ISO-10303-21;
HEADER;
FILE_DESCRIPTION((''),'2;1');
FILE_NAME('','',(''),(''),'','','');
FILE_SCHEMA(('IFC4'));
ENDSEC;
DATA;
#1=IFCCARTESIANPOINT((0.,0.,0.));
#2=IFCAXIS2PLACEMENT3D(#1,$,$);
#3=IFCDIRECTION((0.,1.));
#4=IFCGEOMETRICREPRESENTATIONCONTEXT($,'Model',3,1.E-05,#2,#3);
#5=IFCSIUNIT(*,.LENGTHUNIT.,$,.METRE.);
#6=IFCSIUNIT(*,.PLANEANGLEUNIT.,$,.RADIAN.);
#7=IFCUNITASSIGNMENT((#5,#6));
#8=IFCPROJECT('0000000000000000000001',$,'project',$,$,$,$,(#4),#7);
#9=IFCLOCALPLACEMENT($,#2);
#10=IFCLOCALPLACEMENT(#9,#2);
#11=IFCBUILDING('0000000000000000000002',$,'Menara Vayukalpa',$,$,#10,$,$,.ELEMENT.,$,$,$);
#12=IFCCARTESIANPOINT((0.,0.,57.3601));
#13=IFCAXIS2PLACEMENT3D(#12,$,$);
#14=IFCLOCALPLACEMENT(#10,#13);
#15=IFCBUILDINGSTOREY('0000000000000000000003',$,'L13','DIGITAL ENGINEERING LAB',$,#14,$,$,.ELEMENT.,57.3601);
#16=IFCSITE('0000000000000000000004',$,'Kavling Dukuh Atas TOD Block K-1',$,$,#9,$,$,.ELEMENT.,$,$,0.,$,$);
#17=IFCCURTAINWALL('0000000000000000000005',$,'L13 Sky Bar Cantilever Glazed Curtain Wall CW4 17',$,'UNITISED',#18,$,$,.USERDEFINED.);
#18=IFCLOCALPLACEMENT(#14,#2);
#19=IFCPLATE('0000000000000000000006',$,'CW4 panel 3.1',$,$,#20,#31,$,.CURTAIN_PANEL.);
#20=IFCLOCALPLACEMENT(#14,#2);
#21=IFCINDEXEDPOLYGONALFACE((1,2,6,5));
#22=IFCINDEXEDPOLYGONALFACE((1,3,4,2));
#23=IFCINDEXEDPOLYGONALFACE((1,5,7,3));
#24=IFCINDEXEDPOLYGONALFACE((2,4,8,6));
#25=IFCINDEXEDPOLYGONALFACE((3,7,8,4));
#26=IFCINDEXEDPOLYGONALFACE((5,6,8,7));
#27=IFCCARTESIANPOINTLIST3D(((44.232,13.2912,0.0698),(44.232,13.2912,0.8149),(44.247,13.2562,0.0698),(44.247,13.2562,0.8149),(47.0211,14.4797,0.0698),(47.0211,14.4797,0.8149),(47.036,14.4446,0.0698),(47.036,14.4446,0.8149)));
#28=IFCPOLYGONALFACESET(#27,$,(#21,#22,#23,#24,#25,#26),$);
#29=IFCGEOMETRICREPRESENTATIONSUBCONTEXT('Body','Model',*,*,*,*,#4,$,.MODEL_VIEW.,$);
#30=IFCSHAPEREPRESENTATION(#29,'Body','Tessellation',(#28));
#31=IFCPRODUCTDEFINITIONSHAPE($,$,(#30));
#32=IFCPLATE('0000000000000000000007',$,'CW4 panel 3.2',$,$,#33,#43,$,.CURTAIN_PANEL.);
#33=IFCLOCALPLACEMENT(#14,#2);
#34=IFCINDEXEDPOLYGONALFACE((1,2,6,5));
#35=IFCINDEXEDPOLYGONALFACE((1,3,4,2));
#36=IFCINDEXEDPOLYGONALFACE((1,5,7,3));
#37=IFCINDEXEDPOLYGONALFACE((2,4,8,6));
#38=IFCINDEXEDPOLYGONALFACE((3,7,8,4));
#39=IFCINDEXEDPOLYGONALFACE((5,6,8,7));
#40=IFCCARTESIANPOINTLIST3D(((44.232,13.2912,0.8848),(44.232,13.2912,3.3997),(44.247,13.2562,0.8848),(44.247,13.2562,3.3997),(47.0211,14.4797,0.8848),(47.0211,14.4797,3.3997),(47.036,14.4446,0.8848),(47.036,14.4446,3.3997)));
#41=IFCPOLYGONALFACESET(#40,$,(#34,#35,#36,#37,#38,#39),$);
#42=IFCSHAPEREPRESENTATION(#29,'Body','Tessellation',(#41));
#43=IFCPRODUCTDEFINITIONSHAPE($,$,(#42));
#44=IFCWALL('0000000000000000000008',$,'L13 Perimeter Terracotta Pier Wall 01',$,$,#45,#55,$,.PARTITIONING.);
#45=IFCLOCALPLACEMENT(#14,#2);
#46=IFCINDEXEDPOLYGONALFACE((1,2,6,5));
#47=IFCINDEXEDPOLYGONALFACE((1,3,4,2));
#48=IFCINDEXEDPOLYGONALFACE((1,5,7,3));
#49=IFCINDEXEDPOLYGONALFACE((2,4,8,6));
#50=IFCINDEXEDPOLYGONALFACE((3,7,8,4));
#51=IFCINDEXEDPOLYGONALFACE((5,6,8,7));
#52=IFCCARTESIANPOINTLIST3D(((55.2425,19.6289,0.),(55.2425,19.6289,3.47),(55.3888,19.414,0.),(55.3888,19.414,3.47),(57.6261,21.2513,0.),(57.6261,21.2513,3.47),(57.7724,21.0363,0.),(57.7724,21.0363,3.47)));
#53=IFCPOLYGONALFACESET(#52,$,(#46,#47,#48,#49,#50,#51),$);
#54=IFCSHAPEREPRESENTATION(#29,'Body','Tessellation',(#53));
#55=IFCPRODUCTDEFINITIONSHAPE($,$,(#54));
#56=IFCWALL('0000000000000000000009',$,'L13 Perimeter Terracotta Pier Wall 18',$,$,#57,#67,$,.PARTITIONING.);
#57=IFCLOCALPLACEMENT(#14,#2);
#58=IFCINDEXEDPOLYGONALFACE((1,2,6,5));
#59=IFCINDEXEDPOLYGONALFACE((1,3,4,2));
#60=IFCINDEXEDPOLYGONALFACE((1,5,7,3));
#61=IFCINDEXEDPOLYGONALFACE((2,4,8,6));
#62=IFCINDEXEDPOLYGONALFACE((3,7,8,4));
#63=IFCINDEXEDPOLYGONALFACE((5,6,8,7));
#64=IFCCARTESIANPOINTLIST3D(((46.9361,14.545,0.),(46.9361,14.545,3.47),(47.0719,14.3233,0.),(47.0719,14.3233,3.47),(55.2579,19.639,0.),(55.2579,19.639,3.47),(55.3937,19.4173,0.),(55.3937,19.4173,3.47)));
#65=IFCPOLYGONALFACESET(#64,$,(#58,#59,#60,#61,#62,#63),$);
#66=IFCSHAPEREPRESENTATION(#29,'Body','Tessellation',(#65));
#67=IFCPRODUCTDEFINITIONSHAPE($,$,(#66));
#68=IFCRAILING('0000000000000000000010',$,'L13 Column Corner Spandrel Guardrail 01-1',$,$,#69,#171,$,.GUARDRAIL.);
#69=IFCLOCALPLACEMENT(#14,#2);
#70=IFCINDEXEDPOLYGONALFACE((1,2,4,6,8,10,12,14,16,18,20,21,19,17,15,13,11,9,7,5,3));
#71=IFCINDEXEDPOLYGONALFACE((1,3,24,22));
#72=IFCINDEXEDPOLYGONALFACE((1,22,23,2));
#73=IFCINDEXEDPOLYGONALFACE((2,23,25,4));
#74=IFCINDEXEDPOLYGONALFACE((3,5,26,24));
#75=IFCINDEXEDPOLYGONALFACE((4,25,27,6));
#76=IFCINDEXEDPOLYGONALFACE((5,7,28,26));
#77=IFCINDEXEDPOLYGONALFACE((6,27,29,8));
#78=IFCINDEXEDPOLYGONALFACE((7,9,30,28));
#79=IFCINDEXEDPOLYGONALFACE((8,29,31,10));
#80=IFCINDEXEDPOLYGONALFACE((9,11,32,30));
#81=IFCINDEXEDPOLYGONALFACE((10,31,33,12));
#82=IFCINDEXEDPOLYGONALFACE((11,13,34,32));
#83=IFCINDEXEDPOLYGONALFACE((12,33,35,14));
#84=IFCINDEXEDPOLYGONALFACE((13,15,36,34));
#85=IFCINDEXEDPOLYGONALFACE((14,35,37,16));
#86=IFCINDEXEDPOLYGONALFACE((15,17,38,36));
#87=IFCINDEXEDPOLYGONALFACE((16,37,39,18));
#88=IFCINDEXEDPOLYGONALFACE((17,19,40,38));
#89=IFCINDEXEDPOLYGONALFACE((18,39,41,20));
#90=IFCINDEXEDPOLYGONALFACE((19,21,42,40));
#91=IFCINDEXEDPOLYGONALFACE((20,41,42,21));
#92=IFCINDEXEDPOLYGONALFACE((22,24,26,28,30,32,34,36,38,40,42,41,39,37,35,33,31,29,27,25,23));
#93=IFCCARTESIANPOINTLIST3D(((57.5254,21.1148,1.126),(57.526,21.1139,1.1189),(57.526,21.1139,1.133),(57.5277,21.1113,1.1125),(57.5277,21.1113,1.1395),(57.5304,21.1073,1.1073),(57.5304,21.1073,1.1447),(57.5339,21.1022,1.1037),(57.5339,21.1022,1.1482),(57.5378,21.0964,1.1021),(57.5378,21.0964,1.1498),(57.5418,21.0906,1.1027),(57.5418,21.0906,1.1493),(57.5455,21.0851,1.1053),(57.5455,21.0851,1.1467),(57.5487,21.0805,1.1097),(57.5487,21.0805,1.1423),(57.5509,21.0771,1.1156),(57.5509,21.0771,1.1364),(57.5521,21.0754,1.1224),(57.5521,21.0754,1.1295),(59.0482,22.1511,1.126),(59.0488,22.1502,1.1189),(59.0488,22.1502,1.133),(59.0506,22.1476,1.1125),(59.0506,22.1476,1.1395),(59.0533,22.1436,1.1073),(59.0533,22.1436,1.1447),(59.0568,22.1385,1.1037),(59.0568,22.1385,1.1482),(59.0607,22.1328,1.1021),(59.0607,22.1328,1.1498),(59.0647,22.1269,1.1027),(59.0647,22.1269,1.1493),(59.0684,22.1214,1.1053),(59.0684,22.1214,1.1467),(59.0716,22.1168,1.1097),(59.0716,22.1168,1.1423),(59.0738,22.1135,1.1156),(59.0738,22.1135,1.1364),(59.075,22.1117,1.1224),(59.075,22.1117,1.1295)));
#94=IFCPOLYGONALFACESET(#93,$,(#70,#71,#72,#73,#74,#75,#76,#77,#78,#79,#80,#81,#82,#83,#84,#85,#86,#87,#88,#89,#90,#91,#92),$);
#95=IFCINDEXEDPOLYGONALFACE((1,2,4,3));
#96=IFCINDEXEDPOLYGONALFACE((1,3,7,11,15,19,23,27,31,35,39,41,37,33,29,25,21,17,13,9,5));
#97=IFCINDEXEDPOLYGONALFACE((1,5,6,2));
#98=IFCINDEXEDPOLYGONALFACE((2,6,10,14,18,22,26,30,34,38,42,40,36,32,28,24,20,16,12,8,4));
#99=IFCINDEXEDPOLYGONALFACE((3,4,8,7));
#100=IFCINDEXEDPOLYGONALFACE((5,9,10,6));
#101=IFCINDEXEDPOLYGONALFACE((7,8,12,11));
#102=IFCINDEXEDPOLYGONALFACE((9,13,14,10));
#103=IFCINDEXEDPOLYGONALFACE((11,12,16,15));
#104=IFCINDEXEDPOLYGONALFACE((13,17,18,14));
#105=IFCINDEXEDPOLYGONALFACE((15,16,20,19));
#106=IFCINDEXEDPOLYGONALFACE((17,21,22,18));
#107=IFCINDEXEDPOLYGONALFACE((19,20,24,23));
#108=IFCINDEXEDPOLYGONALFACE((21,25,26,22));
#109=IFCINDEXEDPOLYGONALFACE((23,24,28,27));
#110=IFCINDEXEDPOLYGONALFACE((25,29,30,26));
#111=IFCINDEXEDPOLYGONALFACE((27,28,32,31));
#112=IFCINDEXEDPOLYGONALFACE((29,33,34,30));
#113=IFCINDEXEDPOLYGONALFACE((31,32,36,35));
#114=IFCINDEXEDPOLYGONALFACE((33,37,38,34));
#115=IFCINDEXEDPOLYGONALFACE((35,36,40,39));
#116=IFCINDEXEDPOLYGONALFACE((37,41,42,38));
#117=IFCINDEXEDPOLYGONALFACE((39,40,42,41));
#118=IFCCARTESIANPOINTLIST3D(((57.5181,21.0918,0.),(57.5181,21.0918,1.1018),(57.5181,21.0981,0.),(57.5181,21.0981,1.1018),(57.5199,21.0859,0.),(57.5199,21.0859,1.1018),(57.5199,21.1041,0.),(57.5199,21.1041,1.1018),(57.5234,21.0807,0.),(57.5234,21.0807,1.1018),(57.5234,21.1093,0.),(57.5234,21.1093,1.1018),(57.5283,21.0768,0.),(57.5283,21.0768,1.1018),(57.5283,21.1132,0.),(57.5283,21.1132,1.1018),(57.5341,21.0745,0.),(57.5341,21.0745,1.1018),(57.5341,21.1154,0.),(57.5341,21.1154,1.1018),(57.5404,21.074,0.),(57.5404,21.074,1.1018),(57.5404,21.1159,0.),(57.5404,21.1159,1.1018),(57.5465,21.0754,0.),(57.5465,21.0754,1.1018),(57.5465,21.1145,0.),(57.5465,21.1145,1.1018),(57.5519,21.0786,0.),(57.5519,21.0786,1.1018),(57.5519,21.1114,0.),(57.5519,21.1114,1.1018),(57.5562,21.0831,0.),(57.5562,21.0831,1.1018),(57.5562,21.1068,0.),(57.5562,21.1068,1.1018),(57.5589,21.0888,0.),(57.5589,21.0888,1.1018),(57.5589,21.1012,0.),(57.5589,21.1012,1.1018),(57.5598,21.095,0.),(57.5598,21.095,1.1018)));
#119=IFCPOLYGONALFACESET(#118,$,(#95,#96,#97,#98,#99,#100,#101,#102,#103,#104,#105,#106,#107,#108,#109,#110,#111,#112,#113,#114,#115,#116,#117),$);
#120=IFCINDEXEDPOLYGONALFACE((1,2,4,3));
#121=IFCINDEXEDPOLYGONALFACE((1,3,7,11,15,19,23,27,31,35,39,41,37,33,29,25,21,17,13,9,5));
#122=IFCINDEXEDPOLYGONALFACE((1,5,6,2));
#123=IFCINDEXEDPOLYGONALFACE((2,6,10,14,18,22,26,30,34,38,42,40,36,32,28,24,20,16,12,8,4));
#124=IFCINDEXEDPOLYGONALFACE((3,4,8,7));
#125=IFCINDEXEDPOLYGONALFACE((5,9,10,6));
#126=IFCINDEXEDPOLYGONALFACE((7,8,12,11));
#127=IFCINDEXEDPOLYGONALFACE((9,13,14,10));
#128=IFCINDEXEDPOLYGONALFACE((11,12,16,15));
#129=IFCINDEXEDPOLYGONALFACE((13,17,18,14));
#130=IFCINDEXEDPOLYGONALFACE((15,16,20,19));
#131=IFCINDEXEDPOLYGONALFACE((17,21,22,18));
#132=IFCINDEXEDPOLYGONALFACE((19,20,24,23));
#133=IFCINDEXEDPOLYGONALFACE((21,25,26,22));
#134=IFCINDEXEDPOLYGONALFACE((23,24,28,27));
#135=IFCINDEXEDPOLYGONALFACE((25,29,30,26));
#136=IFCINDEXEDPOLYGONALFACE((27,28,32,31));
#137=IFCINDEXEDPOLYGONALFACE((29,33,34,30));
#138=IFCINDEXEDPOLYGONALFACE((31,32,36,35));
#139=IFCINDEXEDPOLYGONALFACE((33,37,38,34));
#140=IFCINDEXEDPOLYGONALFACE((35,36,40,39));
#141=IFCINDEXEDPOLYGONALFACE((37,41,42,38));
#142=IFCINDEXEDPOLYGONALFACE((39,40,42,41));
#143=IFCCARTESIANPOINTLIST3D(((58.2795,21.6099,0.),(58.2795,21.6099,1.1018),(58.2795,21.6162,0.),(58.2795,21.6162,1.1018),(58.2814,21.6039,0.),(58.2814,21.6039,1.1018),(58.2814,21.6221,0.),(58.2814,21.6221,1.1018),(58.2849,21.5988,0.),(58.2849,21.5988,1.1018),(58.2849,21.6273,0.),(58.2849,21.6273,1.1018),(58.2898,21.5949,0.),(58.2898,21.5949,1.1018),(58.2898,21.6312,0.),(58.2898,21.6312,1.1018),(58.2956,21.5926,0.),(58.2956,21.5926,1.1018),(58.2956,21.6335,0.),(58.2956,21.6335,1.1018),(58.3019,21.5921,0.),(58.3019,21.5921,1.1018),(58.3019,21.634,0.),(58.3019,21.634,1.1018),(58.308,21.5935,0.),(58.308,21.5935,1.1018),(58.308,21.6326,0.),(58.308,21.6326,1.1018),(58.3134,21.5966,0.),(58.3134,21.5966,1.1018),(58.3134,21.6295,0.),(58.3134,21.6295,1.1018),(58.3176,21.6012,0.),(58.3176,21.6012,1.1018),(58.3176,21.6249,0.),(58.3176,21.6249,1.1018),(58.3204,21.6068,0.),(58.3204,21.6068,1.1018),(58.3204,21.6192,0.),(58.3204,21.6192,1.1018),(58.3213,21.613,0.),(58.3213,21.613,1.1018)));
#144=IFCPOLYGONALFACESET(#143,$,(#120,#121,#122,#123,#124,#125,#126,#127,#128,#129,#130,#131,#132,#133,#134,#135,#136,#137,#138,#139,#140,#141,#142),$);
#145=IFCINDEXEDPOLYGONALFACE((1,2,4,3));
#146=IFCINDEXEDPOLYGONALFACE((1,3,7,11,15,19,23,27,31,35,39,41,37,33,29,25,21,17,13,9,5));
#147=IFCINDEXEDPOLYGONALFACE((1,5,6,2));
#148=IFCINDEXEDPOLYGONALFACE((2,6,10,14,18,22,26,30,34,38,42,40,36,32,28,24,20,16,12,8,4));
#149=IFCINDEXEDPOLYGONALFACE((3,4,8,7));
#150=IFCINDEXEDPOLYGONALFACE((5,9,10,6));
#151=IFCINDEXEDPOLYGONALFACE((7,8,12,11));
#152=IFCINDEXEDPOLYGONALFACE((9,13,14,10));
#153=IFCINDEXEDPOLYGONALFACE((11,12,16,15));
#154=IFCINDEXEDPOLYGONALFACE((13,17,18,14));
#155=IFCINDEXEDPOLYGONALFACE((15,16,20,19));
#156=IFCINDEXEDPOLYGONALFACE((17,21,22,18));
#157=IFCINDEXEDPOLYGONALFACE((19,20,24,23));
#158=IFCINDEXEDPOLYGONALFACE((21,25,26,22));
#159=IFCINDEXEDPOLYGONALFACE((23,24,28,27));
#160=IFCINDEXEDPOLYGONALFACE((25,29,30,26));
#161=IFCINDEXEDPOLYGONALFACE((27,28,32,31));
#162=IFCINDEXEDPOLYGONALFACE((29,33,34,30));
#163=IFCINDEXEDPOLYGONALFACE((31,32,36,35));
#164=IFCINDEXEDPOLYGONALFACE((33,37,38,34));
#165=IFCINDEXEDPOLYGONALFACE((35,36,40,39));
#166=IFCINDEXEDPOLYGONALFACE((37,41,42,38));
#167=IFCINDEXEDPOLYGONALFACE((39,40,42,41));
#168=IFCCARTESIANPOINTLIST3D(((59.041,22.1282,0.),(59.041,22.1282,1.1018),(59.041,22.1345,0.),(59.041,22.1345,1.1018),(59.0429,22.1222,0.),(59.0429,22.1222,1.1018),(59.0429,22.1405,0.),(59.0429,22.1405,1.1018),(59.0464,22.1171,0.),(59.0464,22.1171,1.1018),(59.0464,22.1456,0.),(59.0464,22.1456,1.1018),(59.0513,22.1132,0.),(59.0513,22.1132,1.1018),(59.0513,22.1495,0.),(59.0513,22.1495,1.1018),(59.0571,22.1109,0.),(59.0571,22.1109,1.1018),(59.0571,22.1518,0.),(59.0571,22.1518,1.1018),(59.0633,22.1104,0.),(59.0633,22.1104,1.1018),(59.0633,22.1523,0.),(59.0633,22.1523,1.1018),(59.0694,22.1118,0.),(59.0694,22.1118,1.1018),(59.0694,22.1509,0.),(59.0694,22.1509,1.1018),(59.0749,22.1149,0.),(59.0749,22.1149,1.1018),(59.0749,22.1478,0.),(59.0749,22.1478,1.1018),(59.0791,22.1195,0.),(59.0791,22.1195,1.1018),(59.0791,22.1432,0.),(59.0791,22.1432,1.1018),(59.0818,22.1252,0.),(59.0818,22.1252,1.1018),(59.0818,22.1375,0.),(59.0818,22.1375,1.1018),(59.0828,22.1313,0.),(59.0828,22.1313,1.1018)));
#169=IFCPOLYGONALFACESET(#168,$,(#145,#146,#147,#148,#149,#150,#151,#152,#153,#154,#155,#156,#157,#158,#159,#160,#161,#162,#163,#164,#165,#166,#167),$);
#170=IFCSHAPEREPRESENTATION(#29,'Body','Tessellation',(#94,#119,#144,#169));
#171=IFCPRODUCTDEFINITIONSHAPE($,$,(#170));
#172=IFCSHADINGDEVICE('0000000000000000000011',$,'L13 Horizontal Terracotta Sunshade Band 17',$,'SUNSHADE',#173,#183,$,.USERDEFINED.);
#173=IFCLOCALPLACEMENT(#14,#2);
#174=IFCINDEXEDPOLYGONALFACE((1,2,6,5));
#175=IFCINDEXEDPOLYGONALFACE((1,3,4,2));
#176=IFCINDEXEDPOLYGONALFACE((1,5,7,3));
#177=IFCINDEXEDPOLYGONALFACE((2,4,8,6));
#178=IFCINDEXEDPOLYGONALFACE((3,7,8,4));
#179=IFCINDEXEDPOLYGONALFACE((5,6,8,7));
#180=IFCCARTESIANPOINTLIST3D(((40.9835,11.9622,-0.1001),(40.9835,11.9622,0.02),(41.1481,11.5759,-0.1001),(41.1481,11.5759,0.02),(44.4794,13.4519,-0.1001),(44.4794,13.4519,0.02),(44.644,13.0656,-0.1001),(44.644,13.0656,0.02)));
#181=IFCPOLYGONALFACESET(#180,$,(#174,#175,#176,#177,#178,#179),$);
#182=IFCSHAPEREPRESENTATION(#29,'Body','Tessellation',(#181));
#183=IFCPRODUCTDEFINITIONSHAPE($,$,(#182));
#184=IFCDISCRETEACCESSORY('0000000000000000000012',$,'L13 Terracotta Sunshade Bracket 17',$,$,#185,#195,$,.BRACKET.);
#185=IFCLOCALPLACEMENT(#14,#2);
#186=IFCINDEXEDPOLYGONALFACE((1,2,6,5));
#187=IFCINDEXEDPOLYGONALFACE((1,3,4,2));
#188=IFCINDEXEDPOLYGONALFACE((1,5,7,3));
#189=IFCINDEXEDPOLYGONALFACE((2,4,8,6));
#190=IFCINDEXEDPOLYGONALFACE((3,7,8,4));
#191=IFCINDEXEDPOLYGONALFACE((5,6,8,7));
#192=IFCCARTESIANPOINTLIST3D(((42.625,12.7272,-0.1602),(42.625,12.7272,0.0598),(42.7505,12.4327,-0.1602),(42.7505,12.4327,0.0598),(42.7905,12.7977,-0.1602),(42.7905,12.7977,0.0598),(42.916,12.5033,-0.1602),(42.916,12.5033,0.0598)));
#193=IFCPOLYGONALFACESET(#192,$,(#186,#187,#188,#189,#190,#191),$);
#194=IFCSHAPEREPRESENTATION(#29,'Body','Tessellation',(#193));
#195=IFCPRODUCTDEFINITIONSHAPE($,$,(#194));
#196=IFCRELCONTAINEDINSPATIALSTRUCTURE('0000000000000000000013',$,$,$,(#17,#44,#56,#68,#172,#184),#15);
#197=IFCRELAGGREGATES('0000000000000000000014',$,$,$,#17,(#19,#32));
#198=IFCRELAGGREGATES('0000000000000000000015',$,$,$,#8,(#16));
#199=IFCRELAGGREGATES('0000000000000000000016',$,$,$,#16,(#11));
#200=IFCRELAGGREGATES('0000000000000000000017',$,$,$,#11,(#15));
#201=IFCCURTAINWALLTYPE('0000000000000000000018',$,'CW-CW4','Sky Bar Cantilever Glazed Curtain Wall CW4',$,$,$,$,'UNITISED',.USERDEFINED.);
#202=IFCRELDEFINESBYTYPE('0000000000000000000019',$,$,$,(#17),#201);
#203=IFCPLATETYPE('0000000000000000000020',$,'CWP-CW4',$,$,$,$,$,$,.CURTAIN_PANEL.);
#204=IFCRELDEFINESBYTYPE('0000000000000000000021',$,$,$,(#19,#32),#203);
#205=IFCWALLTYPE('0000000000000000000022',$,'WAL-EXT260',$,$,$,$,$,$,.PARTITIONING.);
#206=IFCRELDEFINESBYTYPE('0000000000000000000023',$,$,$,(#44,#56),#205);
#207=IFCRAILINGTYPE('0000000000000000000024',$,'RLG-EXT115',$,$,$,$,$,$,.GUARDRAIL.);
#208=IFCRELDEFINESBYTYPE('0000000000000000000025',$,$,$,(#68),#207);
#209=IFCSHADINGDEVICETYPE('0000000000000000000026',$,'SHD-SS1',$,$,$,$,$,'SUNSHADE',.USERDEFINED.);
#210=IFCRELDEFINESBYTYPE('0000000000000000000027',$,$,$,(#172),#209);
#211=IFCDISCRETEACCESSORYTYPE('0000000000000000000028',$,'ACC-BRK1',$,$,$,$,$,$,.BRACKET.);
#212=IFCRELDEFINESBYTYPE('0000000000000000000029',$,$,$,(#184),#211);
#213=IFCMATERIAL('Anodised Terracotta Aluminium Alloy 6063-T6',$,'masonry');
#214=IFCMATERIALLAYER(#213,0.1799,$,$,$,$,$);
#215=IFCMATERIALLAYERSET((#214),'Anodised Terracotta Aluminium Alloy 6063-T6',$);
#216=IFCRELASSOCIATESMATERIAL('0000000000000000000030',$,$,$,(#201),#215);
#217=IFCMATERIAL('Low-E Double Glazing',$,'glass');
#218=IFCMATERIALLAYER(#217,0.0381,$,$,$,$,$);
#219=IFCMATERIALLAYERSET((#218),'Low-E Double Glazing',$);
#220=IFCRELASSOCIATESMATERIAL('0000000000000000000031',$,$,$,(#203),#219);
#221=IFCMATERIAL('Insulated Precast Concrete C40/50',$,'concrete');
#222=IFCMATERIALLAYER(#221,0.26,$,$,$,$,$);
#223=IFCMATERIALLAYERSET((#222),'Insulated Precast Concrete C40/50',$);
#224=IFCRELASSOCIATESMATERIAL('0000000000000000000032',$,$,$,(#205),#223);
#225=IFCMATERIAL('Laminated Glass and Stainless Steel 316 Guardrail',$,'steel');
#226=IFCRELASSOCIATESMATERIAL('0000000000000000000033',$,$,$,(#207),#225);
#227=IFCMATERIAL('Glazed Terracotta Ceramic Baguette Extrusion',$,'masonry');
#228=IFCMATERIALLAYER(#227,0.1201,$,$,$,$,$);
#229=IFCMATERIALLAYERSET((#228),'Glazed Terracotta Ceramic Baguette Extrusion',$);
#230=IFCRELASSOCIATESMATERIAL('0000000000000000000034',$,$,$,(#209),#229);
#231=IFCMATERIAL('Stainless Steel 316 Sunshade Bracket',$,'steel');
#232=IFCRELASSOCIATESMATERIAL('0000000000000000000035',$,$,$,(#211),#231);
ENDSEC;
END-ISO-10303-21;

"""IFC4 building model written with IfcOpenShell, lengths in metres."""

from ifc_helpers import new_model, si_unit, direction, frame, frame_2d, origin, origin_2d, place, context, subcontext, project, spatial, rectangle, circle, extrude, material, layer, layer_set, type_object, element, aggregate, save


model = new_model("IFC4")

# Units and contexts
model_context = context("Model", 3, precision=1e-05, world=origin(), true_north=direction((0.0, 1.0)))
body_context = subcontext(model_context, "Body", "Model", "MODEL_VIEW")
ifc_project = project(units=[si_unit("LENGTHUNIT", "METRE"), si_unit("PLANEANGLEUNIT", "RADIAN")], contexts=[model_context])

# Site, building, storey
site_placement = place(None, origin())
site = spatial("IfcSite", under=ifc_project, at=site_placement, Name="Kavling Dukuh Atas TOD Block K-1", CompositionType="ELEMENT", RefElevation=0.0)
building_placement = place(site_placement, origin())
building = spatial("IfcBuilding", under=site, at=building_placement, Name="Menara Vayukalpa", CompositionType="ELEMENT")
storey_placement = place(building_placement, frame((0.0, 0.0, 57.3601)))
storey = spatial("IfcBuildingStorey", under=building, at=storey_placement, Name="L13", Description="DIGITAL ENGINEERING LAB", CompositionType="ELEMENT", Elevation=57.3601)

# Curtain wall
ifc_material_1 = material(Name="Anodised Terracotta Aluminium Alloy 6063-T6", Category="masonry")
ifc_layer_1 = layer(ifc_material_1, 0.1799)
ifc_layer_set_1 = layer_set([ifc_layer_1], Name="Anodised Terracotta Aluminium Alloy 6063-T6")
curtain_wall_type = type_object("IfcCurtainWallType", Name="CW-CW4", Description="Sky Bar Cantilever Glazed Curtain Wall CW4", ElementType="UNITISED", PredefinedType="USERDEFINED", material=ifc_layer_set_1)
curtain_wall_1_placement = place(storey_placement, origin())
curtain_wall_1 = element("IfcCurtainWall", 1, at=curtain_wall_1_placement, inside=storey, type_object=curtain_wall_type, Name="L13 Sky Bar Cantilever Glazed Curtain Wall CW4 17", ObjectType="UNITISED", PredefinedType="USERDEFINED")

# Plates
ifc_material_2 = material(Name="Low-E Double Glazing", Category="glass")
ifc_layer_2 = layer(ifc_material_2, 0.0381)
ifc_layer_set_2 = layer_set([ifc_layer_2], Name="Low-E Double Glazing")
plate_type = type_object("IfcPlateType", Name="CWP-CW4", PredefinedType="CURTAIN_PANEL", material=ifc_layer_set_2)
plate_1_placement = place(storey_placement, frame((45.634, 13.8679, 0.0698), z_axis=(0.0, 0.0, 1.0), x_axis=(0.919962, 0.392008, 0.0)))
plate_1 = element("IfcPlate", 2, at=plate_1_placement, type_object=plate_type, Name="CW4 panel 3.1", PredefinedType="CURTAIN_PANEL", context=body_context, shape_type="SweptSolid", body=[
    extrude(rectangle(XDim=3.0317, YDim=0.0381, at=origin_2d()), origin(), (0.0, 0.0, 1.0), 0.7451),
])
plate_2_placement = place(storey_placement, frame((45.634, 13.8679, 0.8848), z_axis=(0.0, 0.0, 1.0), x_axis=(0.919962, 0.392008, 0.0)))
plate_2 = element("IfcPlate", 3, at=plate_2_placement, type_object=plate_type, Name="CW4 panel 3.2", PredefinedType="CURTAIN_PANEL", context=body_context, shape_type="SweptSolid", body=[
    extrude(rectangle(XDim=3.0317, YDim=0.0381, at=origin_2d()), origin(), (0.0, 0.0, 1.0), 2.5149),
])
aggregate(curtain_wall_1, [plate_1, plate_2])

# Walls
ifc_material_3 = material(Name="Insulated Precast Concrete C40/50", Category="concrete")
ifc_layer_3 = layer(ifc_material_3, 0.26)
ifc_layer_set_3 = layer_set([ifc_layer_3], Name="Insulated Precast Concrete C40/50")
wall_type = type_object("IfcWallType", Name="WAL-EXT260", PredefinedType="PARTITIONING", material=ifc_layer_set_3)
wall_1_placement = place(storey_placement, frame((57.6992, 21.1438, 0.0), z_axis=(0.0, 0.0, 1.0), x_axis=(-0.826684, -0.562667, 0.0)))
element("IfcWall", 4, at=wall_1_placement, inside=storey, type_object=wall_type, Name="L13 Perimeter Terracotta Pier Wall 01", PredefinedType="PARTITIONING", context=body_context, shape_type="SweptSolid", body=[
    extrude(rectangle(XDim=2.8833, YDim=0.26, at=frame_2d((1.4417, 0.0))), origin(), (0.0, 0.0, 1.0), 3.47),
])
wall_2_placement = place(storey_placement, frame((55.3257, 19.5281, 0.0), z_axis=(0.0, 0.0, 1.0), x_axis=(-0.852896, -0.522081, 0.0)))
element("IfcWall", 5, at=wall_2_placement, inside=storey, type_object=wall_type, Name="L13 Perimeter Terracotta Pier Wall 18", PredefinedType="PARTITIONING", context=body_context, shape_type="SweptSolid", body=[
    extrude(rectangle(XDim=9.7571, YDim=0.26, at=frame_2d((4.8784, 0.0))), origin(), (0.0, 0.0, 1.0), 3.47),
])

# Railing
ifc_material_4 = material(Name="Laminated Glass and Stainless Steel 316 Guardrail", Category="steel")
railing_type = type_object("IfcRailingType", Name="RLG-EXT115", PredefinedType="GUARDRAIL", material=ifc_material_4)
railing_placement = place(storey_placement, frame((57.5388, 21.095, 0.0)))
element("IfcRailing", 6, at=railing_placement, inside=storey, type_object=railing_type, Name="L13 Column Corner Spandrel Guardrail 01-1", PredefinedType="GUARDRAIL", context=body_context, shape_type="SweptSolid", body=[
    extrude(circle(Radius=0.0239, at=origin_2d()), frame((0.0, 0.0, 1.126), z_axis=(0.826732, 0.562596, 0.0), x_axis=(-0.562596, 0.826732, 0.0)), (0.0, 0.0, 1.0), 1.842),
    extrude(circle(Radius=0.021, at=origin_2d()), origin(), (0.0, 0.0, 1.0), 1.1018),
    extrude(circle(Radius=0.021, at=origin_2d()), frame((0.7615, 0.5181, 0.0)), (0.0, 0.0, 1.0), 1.1018),
    extrude(circle(Radius=0.021, at=origin_2d()), frame((1.5229, 1.0364, 0.0)), (0.0, 0.0, 1.0), 1.1018),
])

# Shading device
ifc_material_5 = material(Name="Glazed Terracotta Ceramic Baguette Extrusion", Category="masonry")
ifc_layer_4 = layer(ifc_material_5, 0.1201)
ifc_layer_set_4 = layer_set([ifc_layer_4], Name="Glazed Terracotta Ceramic Baguette Extrusion")
shading_device_type = type_object("IfcShadingDeviceType", Name="SHD-SS1", ElementType="SUNSHADE", PredefinedType="USERDEFINED", material=ifc_layer_set_4)
shading_device_placement = place(storey_placement, frame((42.8137, 12.5139, -0.1001), z_axis=(0.0, 0.0, 1.0), x_axis=(0.919958, 0.392016, 0.0)))
element("IfcShadingDevice", 7, at=shading_device_placement, inside=storey, type_object=shading_device_type, Name="L13 Horizontal Terracotta Sunshade Band 17", ObjectType="SUNSHADE", PredefinedType="USERDEFINED", context=body_context, shape_type="SweptSolid", body=[
    extrude(rectangle(XDim=3.8, YDim=0.4199, at=origin_2d()), origin(), (0.0, 0.0, 1.0), 0.1201),
])

# Discrete accessory
ifc_material_6 = material(Name="Stainless Steel 316 Sunshade Bracket", Category="steel")
discrete_accessory_type = type_object("IfcDiscreteAccessoryType", Name="ACC-BRK1", PredefinedType="BRACKET", material=ifc_material_6)
discrete_accessory_placement = place(storey_placement, frame((42.7705, 12.6152, -0.1602), z_axis=(0.0, 0.0, 1.0), x_axis=(0.919958, 0.392016, 0.0)))
element("IfcDiscreteAccessory", 8, at=discrete_accessory_placement, inside=storey, type_object=discrete_accessory_type, Name="L13 Terracotta Sunshade Bracket 17", PredefinedType="BRACKET", context=body_context, shape_type="SweptSolid", body=[
    extrude(rectangle(XDim=0.1799, YDim=0.3201, at=origin_2d()), origin(), (0.0, 0.0, 1.0), 0.22),
])

save(model, "model.ifc")
